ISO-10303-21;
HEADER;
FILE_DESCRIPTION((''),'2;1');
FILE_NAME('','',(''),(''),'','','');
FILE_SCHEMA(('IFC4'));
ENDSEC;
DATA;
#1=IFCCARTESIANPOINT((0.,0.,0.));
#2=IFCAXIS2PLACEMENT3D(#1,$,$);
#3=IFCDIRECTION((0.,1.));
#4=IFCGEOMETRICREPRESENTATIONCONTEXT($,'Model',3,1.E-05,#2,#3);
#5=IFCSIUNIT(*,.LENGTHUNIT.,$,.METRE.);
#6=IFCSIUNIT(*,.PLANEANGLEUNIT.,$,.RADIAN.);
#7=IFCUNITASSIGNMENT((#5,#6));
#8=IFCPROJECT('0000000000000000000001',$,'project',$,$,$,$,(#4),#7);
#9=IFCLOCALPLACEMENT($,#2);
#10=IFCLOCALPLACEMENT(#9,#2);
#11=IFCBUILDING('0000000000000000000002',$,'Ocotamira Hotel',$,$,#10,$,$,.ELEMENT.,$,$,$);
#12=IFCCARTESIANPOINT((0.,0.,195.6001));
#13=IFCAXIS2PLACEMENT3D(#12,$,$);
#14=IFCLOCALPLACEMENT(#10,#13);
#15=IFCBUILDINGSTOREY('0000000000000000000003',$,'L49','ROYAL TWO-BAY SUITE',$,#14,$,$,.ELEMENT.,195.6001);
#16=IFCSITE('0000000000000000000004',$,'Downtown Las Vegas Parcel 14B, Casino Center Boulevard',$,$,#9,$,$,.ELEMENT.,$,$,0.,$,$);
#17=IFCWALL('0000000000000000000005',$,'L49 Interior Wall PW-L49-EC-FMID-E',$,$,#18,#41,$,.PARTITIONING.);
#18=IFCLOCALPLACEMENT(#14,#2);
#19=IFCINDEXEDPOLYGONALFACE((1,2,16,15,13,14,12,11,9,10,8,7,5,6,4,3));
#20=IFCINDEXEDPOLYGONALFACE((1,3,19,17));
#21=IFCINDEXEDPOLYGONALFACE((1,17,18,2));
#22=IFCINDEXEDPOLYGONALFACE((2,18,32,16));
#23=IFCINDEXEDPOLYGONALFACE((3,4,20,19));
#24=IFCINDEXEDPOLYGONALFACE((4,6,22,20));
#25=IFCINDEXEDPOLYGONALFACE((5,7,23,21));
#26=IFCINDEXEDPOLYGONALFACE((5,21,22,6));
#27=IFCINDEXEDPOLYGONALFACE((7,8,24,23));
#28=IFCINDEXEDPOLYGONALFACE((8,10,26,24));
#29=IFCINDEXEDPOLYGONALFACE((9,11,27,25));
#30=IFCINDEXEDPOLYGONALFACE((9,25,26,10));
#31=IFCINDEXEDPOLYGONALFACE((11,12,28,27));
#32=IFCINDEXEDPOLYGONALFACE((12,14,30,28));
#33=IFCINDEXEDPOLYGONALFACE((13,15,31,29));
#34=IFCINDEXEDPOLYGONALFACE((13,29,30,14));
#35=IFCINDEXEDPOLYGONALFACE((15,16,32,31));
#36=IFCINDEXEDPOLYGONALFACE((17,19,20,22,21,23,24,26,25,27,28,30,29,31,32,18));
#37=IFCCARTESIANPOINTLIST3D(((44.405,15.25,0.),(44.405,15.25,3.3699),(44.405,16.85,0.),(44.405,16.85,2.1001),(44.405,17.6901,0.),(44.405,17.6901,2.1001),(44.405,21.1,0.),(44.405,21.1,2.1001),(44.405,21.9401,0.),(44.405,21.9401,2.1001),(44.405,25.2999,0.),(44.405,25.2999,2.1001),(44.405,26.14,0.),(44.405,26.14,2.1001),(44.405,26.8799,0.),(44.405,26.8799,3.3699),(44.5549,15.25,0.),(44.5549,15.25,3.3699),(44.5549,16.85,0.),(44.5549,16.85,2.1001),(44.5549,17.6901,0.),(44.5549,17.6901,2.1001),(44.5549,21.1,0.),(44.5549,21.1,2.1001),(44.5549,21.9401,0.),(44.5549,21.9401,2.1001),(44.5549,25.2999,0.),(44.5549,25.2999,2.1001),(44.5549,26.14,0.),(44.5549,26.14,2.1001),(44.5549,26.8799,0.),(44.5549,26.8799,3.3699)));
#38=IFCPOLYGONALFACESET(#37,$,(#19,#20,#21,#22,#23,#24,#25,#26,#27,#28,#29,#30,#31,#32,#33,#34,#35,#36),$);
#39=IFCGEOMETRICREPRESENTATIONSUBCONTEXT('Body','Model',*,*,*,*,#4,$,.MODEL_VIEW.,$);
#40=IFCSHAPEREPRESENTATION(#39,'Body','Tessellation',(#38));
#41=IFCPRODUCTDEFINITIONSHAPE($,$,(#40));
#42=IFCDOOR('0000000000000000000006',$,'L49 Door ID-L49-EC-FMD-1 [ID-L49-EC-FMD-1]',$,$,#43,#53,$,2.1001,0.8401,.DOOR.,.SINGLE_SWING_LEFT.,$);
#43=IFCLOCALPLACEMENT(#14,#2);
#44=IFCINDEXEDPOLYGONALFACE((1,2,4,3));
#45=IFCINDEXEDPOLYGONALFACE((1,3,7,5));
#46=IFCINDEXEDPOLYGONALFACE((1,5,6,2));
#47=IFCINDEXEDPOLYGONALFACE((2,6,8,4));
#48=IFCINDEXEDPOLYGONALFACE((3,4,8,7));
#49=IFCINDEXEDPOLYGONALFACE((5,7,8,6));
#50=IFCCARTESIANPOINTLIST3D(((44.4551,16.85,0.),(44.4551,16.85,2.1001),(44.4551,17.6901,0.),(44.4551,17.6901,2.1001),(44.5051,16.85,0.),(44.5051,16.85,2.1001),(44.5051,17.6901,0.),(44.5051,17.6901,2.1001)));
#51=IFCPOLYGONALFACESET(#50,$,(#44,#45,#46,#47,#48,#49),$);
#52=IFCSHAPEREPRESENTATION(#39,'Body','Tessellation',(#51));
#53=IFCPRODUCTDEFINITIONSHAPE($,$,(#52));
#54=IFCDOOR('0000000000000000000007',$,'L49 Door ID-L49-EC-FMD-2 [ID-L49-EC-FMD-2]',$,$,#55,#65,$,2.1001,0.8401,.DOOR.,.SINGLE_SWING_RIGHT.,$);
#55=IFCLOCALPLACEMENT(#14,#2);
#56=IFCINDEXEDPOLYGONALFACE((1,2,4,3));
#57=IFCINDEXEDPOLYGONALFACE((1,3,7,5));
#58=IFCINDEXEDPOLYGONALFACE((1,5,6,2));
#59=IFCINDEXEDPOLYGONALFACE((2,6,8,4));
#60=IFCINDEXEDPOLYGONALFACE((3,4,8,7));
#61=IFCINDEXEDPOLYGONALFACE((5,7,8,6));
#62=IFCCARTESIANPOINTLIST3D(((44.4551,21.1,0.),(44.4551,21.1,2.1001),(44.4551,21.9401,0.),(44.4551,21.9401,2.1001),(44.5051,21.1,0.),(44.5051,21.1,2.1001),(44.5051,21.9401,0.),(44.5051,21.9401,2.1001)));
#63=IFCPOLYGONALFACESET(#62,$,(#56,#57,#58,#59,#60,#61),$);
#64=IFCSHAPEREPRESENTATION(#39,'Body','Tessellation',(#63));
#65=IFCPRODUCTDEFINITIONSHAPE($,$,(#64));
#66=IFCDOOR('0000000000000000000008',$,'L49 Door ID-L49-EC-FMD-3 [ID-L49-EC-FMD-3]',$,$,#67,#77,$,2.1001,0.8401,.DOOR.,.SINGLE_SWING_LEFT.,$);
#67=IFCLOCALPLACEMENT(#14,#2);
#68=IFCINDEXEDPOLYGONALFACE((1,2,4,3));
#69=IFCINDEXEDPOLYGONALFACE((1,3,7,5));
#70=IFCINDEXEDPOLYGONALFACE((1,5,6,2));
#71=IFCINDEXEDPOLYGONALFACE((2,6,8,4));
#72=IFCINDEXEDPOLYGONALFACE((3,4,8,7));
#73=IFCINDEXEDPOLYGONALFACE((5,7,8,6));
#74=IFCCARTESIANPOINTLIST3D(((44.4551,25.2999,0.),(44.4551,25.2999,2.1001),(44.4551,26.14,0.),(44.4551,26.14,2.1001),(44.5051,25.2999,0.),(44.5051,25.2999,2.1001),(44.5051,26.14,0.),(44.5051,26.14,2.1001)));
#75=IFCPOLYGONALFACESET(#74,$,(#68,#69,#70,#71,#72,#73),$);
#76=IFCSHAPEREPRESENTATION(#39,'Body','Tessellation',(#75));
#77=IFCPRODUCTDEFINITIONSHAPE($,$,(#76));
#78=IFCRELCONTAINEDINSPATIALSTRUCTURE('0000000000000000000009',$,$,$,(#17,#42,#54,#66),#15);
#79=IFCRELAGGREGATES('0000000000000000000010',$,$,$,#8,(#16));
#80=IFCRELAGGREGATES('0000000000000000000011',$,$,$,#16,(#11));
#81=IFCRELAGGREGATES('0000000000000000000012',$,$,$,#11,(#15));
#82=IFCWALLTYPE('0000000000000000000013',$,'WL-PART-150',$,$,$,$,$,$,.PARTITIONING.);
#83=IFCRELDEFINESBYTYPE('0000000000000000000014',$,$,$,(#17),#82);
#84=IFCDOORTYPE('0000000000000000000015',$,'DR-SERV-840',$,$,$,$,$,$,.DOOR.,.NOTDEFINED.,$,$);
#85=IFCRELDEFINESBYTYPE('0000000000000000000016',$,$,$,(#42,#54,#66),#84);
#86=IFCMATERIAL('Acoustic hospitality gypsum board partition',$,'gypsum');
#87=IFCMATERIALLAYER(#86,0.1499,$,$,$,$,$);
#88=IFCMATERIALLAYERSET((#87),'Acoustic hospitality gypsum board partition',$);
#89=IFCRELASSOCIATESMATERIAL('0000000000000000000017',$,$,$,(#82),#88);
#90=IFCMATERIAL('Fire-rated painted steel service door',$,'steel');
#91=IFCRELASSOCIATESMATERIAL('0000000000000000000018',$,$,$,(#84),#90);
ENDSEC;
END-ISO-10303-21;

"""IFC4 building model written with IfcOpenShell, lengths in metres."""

from ifc_helpers import new_model, si_unit, direction, frame, frame_2d, origin, place, context, subcontext, project, spatial, rectangle, extrude, source, transform, mapped, material, layer, layer_set, type_object, element, fill, save


model = new_model("IFC4")

# Units and contexts
model_context = context("Model", 3, precision=1e-05, world=origin(), true_north=direction((0.0, 1.0)))
body_context = subcontext(model_context, "Body", "Model", "MODEL_VIEW")
ifc_project = project(units=[si_unit("LENGTHUNIT", "METRE"), si_unit("PLANEANGLEUNIT", "RADIAN")], contexts=[model_context])

# Site, building, storey
site_placement = place(None, origin())
site = spatial("IfcSite", under=ifc_project, at=site_placement, Name="Downtown Las Vegas Parcel 14B, Casino Center Boulevard", CompositionType="ELEMENT", RefElevation=0.0)
building_placement = place(site_placement, origin())
building = spatial("IfcBuilding", under=site, at=building_placement, Name="Ocotamira Hotel", CompositionType="ELEMENT")
storey_placement = place(building_placement, frame((0.0, 0.0, 195.6001)))
storey = spatial("IfcBuildingStorey", under=building, at=storey_placement, Name="L49", Description="ROYAL TWO-BAY SUITE", CompositionType="ELEMENT", Elevation=195.6001)

# Shared definitions
ifc_material_1 = material(Name="Acoustic hospitality gypsum board partition", Category="gypsum")
ifc_layer_1 = layer(ifc_material_1, 0.1499)
ifc_layer_set_1 = layer_set([ifc_layer_1], Name="Acoustic hospitality gypsum board partition")
wall_type_1 = type_object("IfcWallType", Name="WL-PART-150", PredefinedType="PARTITIONING", material=ifc_layer_set_1)

# Wall, openings, doors
wall_1_placement = place(storey_placement, frame((44.48, 15.25, 0.0), z_axis=(0.0, 0.0, 1.0), x_axis=(0.0, 1.0, 0.0)))
wall_1 = element("IfcWall", 1, at=wall_1_placement, inside=storey, type_object=wall_type_1, Name="L49 Interior Wall PW-L49-EC-FMID-E", PredefinedType="PARTITIONING", context=body_context, shape_type="SweptSolid", body=[
    extrude(rectangle(XDim=11.6299, YDim=0.1499, at=frame_2d((5.8149, 0.0))), origin(), (0.0, 0.0, 1.0), 3.3699),
])
opening_1_placement = place(wall_1_placement, frame((1.6001, 0.0, 0.0)))
opening_1 = element("IfcOpeningElement", 2, at=opening_1_placement, cuts=wall_1, PredefinedType="OPENING", context=body_context, shape_type="SweptSolid", body=[
    extrude(rectangle(XDim=0.8401, YDim=2.1001, at=frame_2d((0.4199, 1.05))), frame((0.0, 0.085, 0.0), z_axis=(0.0, -1.0, 0.0), x_axis=(1.0, 0.0, 0.0)), (0.0, 0.0, 1.0), 0.1699),
])
opening_2_placement = place(wall_1_placement, frame((5.8501, 0.0, 0.0)))
opening_2 = element("IfcOpeningElement", 3, at=opening_2_placement, cuts=wall_1, PredefinedType="OPENING", context=body_context, shape_type="SweptSolid", body=[
    extrude(rectangle(XDim=0.8401, YDim=2.1001, at=frame_2d((0.4199, 1.05))), frame((0.0, 0.085, 0.0), z_axis=(0.0, -1.0, 0.0), x_axis=(1.0, 0.0, 0.0)), (0.0, 0.0, 1.0), 0.1699),
])
opening_3_placement = place(wall_1_placement, frame((10.05, 0.0, 0.0)))
opening_3 = element("IfcOpeningElement", 4, at=opening_3_placement, cuts=wall_1, PredefinedType="OPENING", context=body_context, shape_type="SweptSolid", body=[
    extrude(rectangle(XDim=0.8401, YDim=2.1001, at=frame_2d((0.4199, 1.05))), frame((0.0, 0.085, 0.0), z_axis=(0.0, -1.0, 0.0), x_axis=(1.0, 0.0, 0.0)), (0.0, 0.0, 1.0), 0.1699),
])
ifc_material_2 = material(Name="Fire-rated painted steel service door", Category="steel")
door_type_1 = type_object("IfcDoorType", Name="DR-SERV-840", OperationType="NOTDEFINED", PredefinedType="DOOR", material=ifc_material_2)
shared_shape_1 = source(origin(), body_context, "Body", "SweptSolid", [
    extrude(rectangle(XDim=0.8401, YDim=2.1001, at=frame_2d((0.4199, 1.05))), frame((0.0, 0.0249, 0.0), z_axis=(0.0, -1.0, 0.0), x_axis=(1.0, 0.0, 0.0)), (0.0, 0.0, 1.0), 0.05),
])
door_1_placement = place(opening_1_placement, origin())
door_1 = element("IfcDoor", 5, at=door_1_placement, inside=storey, type_object=door_type_1, Name="L49 Door ID-L49-EC-FMD-1 [ID-L49-EC-FMD-1]", OperationType="SINGLE_SWING_LEFT", OverallHeight=2.1001, OverallWidth=0.8401, PredefinedType="DOOR", context=body_context, shape_type="MappedRepresentation", body=[
    mapped(shared_shape_1, transform((0.0, 0.0, 0.0), scale=1.0)),
])
fill(opening_1, door_1)
door_2_placement = place(opening_2_placement, origin())
door_2 = element("IfcDoor", 6, at=door_2_placement, inside=storey, type_object=door_type_1, Name="L49 Door ID-L49-EC-FMD-2 [ID-L49-EC-FMD-2]", OperationType="SINGLE_SWING_RIGHT", OverallHeight=2.1001, OverallWidth=0.8401, PredefinedType="DOOR", context=body_context, shape_type="MappedRepresentation", body=[
    mapped(shared_shape_1, transform((0.0, 0.0, 0.0), scale=1.0)),
])
fill(opening_2, door_2)
door_3_placement = place(opening_3_placement, origin())
door_3 = element("IfcDoor", 7, at=door_3_placement, inside=storey, type_object=door_type_1, Name="L49 Door ID-L49-EC-FMD-3 [ID-L49-EC-FMD-3]", OperationType="SINGLE_SWING_LEFT", OverallHeight=2.1001, OverallWidth=0.8401, PredefinedType="DOOR", context=body_context, shape_type="MappedRepresentation", body=[
    mapped(shared_shape_1, transform((0.0, 0.0, 0.0), scale=1.0)),
])
fill(opening_3, door_3)

save(model, "model.ifc")
